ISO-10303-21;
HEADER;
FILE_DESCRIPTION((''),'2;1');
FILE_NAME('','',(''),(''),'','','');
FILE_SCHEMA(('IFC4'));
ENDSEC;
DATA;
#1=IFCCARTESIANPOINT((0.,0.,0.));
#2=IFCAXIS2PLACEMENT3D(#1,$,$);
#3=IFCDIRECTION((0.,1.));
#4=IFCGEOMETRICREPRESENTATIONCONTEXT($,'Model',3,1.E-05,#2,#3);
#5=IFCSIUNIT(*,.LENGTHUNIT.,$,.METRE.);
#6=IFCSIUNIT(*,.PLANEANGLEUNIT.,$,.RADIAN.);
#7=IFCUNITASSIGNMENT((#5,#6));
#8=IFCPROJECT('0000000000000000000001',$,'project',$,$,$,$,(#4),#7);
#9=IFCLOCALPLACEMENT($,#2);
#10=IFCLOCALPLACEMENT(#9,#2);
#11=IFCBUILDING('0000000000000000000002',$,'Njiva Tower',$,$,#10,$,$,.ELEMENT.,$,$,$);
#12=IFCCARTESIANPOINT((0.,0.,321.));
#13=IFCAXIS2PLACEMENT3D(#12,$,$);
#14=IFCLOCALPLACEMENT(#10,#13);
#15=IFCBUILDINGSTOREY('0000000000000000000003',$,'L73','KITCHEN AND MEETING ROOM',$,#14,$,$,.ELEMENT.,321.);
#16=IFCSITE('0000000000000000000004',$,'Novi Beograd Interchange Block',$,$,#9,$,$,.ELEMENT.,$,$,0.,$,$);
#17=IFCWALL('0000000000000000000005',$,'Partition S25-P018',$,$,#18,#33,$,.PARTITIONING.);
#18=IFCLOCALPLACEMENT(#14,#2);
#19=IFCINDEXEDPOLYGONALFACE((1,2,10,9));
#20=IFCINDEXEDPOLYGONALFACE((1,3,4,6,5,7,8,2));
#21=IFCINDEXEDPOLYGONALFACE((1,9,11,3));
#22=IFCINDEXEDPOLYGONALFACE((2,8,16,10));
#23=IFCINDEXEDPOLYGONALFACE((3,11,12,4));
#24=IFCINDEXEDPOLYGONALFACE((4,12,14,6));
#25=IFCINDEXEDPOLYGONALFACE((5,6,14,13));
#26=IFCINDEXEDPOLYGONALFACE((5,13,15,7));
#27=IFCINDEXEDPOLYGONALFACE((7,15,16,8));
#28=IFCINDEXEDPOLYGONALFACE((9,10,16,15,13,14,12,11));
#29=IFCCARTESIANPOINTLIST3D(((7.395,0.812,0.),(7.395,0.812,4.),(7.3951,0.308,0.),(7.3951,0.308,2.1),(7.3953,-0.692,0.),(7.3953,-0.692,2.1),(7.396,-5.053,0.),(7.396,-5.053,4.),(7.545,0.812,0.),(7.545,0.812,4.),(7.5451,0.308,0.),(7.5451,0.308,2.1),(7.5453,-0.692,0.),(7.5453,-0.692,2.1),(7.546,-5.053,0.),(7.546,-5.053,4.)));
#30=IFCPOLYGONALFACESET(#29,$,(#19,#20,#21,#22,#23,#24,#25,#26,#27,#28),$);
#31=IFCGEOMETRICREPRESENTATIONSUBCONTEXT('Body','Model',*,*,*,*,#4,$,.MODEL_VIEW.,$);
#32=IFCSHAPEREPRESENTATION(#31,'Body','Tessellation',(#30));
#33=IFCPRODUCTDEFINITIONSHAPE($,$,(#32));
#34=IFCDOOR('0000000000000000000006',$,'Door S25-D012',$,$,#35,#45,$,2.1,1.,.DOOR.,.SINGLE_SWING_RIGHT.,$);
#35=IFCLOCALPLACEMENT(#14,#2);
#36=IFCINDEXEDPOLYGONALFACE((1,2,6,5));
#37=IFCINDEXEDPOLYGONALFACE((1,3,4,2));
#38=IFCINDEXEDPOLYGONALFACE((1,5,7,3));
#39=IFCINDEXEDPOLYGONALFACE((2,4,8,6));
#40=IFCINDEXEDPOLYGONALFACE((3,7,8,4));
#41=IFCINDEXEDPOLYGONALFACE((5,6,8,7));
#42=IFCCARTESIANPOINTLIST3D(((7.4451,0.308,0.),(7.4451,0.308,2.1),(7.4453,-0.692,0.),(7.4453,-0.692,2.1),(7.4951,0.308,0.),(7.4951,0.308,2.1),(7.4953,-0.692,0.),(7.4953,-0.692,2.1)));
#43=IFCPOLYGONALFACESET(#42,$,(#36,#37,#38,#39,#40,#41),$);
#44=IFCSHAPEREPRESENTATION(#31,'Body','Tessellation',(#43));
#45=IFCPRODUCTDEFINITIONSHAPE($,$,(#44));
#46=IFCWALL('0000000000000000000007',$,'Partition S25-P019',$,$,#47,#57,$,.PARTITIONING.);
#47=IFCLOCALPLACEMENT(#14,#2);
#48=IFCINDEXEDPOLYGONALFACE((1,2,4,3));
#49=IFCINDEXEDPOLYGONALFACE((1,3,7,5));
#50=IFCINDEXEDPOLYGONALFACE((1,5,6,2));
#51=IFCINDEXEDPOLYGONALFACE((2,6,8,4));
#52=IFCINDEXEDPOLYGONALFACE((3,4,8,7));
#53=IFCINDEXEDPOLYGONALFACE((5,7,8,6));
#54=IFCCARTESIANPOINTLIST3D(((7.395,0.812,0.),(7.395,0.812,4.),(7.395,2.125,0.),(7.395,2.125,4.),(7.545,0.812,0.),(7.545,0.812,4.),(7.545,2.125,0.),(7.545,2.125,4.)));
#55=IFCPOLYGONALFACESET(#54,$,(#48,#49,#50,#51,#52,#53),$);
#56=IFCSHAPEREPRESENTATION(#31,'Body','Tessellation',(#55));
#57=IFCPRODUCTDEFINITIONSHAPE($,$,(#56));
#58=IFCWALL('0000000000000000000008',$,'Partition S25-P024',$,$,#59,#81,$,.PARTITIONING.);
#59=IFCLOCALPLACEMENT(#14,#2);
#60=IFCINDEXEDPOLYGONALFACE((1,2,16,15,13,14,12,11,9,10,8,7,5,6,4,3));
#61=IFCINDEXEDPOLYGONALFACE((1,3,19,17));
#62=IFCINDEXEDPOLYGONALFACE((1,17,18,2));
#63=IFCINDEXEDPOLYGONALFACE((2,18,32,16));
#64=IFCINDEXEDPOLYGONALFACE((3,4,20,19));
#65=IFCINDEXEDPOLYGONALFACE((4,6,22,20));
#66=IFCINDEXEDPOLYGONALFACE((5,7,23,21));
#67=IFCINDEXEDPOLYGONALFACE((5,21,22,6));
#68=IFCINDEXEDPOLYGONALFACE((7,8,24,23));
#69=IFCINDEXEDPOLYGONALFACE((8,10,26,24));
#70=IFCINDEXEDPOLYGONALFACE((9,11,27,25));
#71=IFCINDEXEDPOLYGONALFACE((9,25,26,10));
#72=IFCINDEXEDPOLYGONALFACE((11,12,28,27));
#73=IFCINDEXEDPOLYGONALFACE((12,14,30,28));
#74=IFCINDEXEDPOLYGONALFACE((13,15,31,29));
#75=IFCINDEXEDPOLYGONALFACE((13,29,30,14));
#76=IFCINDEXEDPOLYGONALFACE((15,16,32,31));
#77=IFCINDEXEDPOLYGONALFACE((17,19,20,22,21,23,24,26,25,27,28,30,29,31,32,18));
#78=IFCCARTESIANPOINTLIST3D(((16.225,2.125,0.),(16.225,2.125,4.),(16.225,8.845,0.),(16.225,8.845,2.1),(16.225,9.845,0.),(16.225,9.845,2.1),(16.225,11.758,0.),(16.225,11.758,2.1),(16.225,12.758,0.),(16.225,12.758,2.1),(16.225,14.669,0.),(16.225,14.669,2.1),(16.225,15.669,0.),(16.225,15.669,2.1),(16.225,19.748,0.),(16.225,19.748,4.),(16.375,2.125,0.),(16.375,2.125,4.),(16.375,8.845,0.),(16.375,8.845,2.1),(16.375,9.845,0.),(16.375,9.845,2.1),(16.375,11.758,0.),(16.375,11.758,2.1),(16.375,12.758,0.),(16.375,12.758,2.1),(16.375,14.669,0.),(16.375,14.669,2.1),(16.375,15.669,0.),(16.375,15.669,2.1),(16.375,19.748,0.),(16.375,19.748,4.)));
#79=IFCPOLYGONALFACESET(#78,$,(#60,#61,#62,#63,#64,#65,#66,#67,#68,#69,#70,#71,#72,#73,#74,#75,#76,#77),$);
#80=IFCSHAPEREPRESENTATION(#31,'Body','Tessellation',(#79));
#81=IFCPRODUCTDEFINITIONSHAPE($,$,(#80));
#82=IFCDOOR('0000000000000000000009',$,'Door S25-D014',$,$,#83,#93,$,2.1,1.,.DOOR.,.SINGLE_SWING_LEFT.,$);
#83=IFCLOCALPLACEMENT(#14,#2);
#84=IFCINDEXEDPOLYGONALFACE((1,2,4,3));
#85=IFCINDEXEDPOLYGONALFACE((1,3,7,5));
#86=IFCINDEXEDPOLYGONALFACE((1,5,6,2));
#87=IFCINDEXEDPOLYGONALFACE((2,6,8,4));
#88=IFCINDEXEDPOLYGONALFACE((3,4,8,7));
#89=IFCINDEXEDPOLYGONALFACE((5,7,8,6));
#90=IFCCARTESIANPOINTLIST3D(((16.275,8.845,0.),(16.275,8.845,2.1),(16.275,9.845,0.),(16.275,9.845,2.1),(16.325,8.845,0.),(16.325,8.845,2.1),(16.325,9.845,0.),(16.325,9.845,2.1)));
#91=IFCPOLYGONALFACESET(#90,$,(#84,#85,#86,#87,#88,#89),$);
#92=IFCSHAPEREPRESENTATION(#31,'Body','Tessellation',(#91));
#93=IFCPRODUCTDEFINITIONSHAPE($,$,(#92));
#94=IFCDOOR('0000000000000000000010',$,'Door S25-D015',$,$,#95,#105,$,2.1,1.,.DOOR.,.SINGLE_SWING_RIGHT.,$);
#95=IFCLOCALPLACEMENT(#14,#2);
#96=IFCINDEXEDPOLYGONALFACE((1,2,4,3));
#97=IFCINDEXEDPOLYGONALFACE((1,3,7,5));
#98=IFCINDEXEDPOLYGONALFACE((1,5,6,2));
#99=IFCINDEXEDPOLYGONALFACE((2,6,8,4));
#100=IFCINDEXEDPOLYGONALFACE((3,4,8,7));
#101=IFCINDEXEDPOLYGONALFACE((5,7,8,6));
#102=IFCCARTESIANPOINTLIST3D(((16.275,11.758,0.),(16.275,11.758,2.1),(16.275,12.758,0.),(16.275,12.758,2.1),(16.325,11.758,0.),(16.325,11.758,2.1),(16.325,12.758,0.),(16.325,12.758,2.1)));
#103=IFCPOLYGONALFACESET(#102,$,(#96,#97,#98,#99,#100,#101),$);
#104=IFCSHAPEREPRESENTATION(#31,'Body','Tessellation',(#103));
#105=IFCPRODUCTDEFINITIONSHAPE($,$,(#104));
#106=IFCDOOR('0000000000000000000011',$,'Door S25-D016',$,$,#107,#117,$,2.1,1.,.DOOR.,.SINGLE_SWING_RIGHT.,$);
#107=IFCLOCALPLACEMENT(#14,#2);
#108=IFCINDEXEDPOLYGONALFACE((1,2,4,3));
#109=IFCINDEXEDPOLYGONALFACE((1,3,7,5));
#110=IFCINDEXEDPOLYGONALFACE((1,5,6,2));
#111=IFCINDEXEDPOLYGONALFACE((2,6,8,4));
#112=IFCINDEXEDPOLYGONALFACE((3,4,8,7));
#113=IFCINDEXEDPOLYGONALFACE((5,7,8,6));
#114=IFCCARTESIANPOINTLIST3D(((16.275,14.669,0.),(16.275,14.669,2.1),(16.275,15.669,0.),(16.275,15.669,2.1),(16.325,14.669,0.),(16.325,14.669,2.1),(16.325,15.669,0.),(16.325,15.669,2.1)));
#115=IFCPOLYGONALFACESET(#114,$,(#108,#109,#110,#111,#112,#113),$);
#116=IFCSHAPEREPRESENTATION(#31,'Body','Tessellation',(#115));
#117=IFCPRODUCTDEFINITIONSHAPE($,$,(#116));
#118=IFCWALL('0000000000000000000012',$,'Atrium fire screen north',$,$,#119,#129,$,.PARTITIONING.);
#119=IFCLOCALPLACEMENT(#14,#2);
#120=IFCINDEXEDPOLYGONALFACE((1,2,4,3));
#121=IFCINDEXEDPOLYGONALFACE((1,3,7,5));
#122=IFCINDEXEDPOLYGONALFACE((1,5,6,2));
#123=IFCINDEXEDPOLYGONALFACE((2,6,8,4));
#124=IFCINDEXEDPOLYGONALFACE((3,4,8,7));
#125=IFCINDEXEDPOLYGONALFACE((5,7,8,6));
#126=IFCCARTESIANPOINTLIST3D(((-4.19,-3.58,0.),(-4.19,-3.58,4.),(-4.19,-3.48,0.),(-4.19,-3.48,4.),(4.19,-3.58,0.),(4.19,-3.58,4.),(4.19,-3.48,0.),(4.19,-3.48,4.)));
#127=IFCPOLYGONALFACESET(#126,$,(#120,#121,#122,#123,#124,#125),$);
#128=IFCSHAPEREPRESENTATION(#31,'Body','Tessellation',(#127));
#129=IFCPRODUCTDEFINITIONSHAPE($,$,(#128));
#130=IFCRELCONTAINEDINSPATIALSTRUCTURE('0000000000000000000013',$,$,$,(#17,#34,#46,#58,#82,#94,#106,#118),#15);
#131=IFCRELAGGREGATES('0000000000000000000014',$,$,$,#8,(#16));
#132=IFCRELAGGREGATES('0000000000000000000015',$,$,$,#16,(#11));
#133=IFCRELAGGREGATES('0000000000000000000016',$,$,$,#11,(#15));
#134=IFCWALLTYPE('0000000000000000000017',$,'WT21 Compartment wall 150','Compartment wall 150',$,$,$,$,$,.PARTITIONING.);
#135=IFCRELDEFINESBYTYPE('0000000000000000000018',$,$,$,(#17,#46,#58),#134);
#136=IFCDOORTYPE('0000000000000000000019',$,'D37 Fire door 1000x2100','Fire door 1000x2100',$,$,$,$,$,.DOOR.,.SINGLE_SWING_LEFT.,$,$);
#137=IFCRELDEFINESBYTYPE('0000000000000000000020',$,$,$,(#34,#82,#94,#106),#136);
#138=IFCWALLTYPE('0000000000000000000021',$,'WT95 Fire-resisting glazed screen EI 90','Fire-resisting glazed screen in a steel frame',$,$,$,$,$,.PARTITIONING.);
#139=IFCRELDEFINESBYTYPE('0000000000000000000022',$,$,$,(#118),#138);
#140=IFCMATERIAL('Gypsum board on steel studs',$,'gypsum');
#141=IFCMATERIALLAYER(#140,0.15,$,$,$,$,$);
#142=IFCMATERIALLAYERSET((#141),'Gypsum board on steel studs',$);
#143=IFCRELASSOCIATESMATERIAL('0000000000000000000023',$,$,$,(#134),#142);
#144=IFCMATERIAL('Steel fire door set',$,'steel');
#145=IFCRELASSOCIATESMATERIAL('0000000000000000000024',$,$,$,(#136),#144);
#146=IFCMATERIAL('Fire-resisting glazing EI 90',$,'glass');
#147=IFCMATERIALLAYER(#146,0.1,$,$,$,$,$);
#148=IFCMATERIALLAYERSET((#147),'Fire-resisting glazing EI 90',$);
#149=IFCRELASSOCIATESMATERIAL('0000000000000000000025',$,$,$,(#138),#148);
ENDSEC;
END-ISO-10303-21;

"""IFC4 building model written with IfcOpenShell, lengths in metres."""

from ifc_helpers import new_model, si_unit, direction, frame, frame_2d, origin, place, context, subcontext, project, spatial, rectangle, extrude, material, layer, layer_set, type_object, element, fill, save


model = new_model("IFC4")

# Units and contexts
model_context = context("Model", 3, precision=1e-05, world=origin(), true_north=direction((0.0, 1.0)))
body_context = subcontext(model_context, "Body", "Model", "MODEL_VIEW")
ifc_project = project(units=[si_unit("LENGTHUNIT", "METRE"), si_unit("PLANEANGLEUNIT", "RADIAN")], contexts=[model_context])

# Site, building, storey
site_placement = place(None, origin())
site = spatial("IfcSite", under=ifc_project, at=site_placement, Name="Novi Beograd Interchange Block", CompositionType="ELEMENT", RefElevation=0.0)
building_placement = place(site_placement, origin())
building = spatial("IfcBuilding", under=site, at=building_placement, Name="Njiva Tower", CompositionType="ELEMENT")
storey_placement = place(building_placement, frame((0.0, 0.0, 321.0)))
storey = spatial("IfcBuildingStorey", under=building, at=storey_placement, Name="L73", Description="KITCHEN AND MEETING ROOM", CompositionType="ELEMENT", Elevation=321.0)

# Shared definitions
ifc_material_1 = material(Name="Gypsum board on steel studs", Category="gypsum")

# Wall, opening, door
ifc_layer_1 = layer(ifc_material_1, 0.15)
ifc_layer_set_1 = layer_set([ifc_layer_1], Name="Gypsum board on steel studs")
wall_type_1 = type_object("IfcWallType", Name="WT21 Compartment wall 150", Description="Compartment wall 150", PredefinedType="PARTITIONING", material=ifc_layer_set_1)
ifc_material_2 = material(Name="Steel fire door set", Category="steel")
door_type = type_object("IfcDoorType", Name="D37 Fire door 1000x2100", Description="Fire door 1000x2100", OperationType="SINGLE_SWING_LEFT", PredefinedType="DOOR", material=ifc_material_2)
wall_1_placement = place(storey_placement, frame((7.47, 0.812, 0.0), z_axis=(0.0, 0.0, 1.0), x_axis=(0.000171, -1.0, 0.0)))
wall_1 = element("IfcWall", 1, at=wall_1_placement, inside=storey, type_object=wall_type_1, Name="Partition S25-P018", PredefinedType="PARTITIONING", context=body_context, shape_type="SweptSolid", body=[
    extrude(rectangle(XDim=5.865, YDim=0.15, at=frame_2d((2.9325, 0.0))), origin(), (0.0, 0.0, 1.0), 4.0),
])
opening_1_placement = place(wall_1_placement, frame((0.504, 0.0, 0.0)))
opening_1 = element("IfcOpeningElement", 2, at=opening_1_placement, cuts=wall_1, PredefinedType="OPENING", context=body_context, shape_type="SweptSolid", body=[
    extrude(rectangle(XDim=1.0, YDim=2.1, at=frame_2d((0.5, 1.05))), frame((0.0, 0.085, 0.0), z_axis=(0.0, -1.0, 0.0), x_axis=(1.0, 0.0, 0.0)), (0.0, 0.0, 1.0), 0.17),
])
door_1_placement = place(opening_1_placement, origin())
door_1 = element("IfcDoor", 3, at=door_1_placement, inside=storey, type_object=door_type, Name="Door S25-D012", OperationType="SINGLE_SWING_RIGHT", OverallHeight=2.1, OverallWidth=1.0, PredefinedType="DOOR", context=body_context, shape_type="SweptSolid", body=[
    extrude(rectangle(XDim=1.0, YDim=2.1, at=frame_2d((0.5, 1.05))), frame((0.0, 0.025, 0.0), z_axis=(0.0, -1.0, 0.0), x_axis=(1.0, 0.0, 0.0)), (0.0, 0.0, 1.0), 0.05),
])
fill(opening_1, door_1)

# Wall
wall_2_placement = place(storey_placement, frame((7.47, 0.812, 0.0), z_axis=(0.0, 0.0, 1.0), x_axis=(0.0, 1.0, 0.0)))
element("IfcWall", 4, at=wall_2_placement, inside=storey, type_object=wall_type_1, Name="Partition S25-P019", PredefinedType="PARTITIONING", context=body_context, shape_type="SweptSolid", body=[
    extrude(rectangle(XDim=1.313, YDim=0.15, at=frame_2d((0.6565, 0.0))), origin(), (0.0, 0.0, 1.0), 4.0),
])

# Wall, openings, doors
wall_3_placement = place(storey_placement, frame((16.3, 2.125, 0.0), z_axis=(0.0, 0.0, 1.0), x_axis=(0.0, 1.0, 0.0)))
wall_3 = element("IfcWall", 5, at=wall_3_placement, inside=storey, type_object=wall_type_1, Name="Partition S25-P024", PredefinedType="PARTITIONING", context=body_context, shape_type="SweptSolid", body=[
    extrude(rectangle(XDim=17.623, YDim=0.15, at=frame_2d((8.8115, 0.0))), origin(), (0.0, 0.0, 1.0), 4.0),
])
opening_2_placement = place(wall_3_placement, frame((6.72, 0.0, 0.0)))
opening_2 = element("IfcOpeningElement", 6, at=opening_2_placement, cuts=wall_3, PredefinedType="OPENING", context=body_context, shape_type="SweptSolid", body=[
    extrude(rectangle(XDim=1.0, YDim=2.1, at=frame_2d((0.5, 1.05))), frame((0.0, 0.085, 0.0), z_axis=(0.0, -1.0, 0.0), x_axis=(1.0, 0.0, 0.0)), (0.0, 0.0, 1.0), 0.17),
])
opening_3_placement = place(wall_3_placement, frame((9.633, 0.0, 0.0)))
opening_3 = element("IfcOpeningElement", 7, at=opening_3_placement, cuts=wall_3, PredefinedType="OPENING", context=body_context, shape_type="SweptSolid", body=[
    extrude(rectangle(XDim=1.0, YDim=2.1, at=frame_2d((0.5, 1.05))), frame((0.0, 0.085, 0.0), z_axis=(0.0, -1.0, 0.0), x_axis=(1.0, 0.0, 0.0)), (0.0, 0.0, 1.0), 0.17),
])
opening_4_placement = place(wall_3_placement, frame((12.544, 0.0, 0.0)))
opening_4 = element("IfcOpeningElement", 8, at=opening_4_placement, cuts=wall_3, PredefinedType="OPENING", context=body_context, shape_type="SweptSolid", body=[
    extrude(rectangle(XDim=1.0, YDim=2.1, at=frame_2d((0.5, 1.05))), frame((0.0, 0.085, 0.0), z_axis=(0.0, -1.0, 0.0), x_axis=(1.0, 0.0, 0.0)), (0.0, 0.0, 1.0), 0.17),
])
door_2_placement = place(opening_2_placement, origin())
door_2 = element("IfcDoor", 9, at=door_2_placement, inside=storey, type_object=door_type, Name="Door S25-D014", OperationType="SINGLE_SWING_LEFT", OverallHeight=2.1, OverallWidth=1.0, PredefinedType="DOOR", context=body_context, shape_type="SweptSolid", body=[
    extrude(rectangle(XDim=1.0, YDim=2.1, at=frame_2d((0.5, 1.05))), frame((0.0, 0.025, 0.0), z_axis=(0.0, -1.0, 0.0), x_axis=(1.0, 0.0, 0.0)), (0.0, 0.0, 1.0), 0.05),
])
fill(opening_2, door_2)
door_3_placement = place(opening_3_placement, origin())
door_3 = element("IfcDoor", 10, at=door_3_placement, inside=storey, type_object=door_type, Name="Door S25-D015", OperationType="SINGLE_SWING_RIGHT", OverallHeight=2.1, OverallWidth=1.0, PredefinedType="DOOR", context=body_context, shape_type="SweptSolid", body=[
    extrude(rectangle(XDim=1.0, YDim=2.1, at=frame_2d((0.5, 1.05))), frame((0.0, 0.025, 0.0), z_axis=(0.0, -1.0, 0.0), x_axis=(1.0, 0.0, 0.0)), (0.0, 0.0, 1.0), 0.05),
])
fill(opening_3, door_3)
door_4_placement = place(opening_4_placement, origin())
door_4 = element("IfcDoor", 11, at=door_4_placement, inside=storey, type_object=door_type, Name="Door S25-D016", OperationType="SINGLE_SWING_RIGHT", OverallHeight=2.1, OverallWidth=1.0, PredefinedType="DOOR", context=body_context, shape_type="SweptSolid", body=[
    extrude(rectangle(XDim=1.0, YDim=2.1, at=frame_2d((0.5, 1.05))), frame((0.0, 0.025, 0.0), z_axis=(0.0, -1.0, 0.0), x_axis=(1.0, 0.0, 0.0)), (0.0, 0.0, 1.0), 0.05),
])
fill(opening_4, door_4)

# Wall
ifc_material_3 = material(Name="Fire-resisting glazing EI 90", Category="glass")
ifc_layer_2 = layer(ifc_material_3, 0.1)
ifc_layer_set_2 = layer_set([ifc_layer_2], Name="Fire-resisting glazing EI 90")
wall_type_2 = type_object("IfcWallType", Name="WT95 Fire-resisting glazed screen EI 90", Description="Fire-resisting glazed screen in a steel frame", PredefinedType="PARTITIONING", material=ifc_layer_set_2)
wall_4_placement = place(storey_placement, frame((4.19, -3.53, 0.0), z_axis=(0.0, 0.0, 1.0), x_axis=(-1.0, 0.0, 0.0)))
element("IfcWall", 12, at=wall_4_placement, inside=storey, type_object=wall_type_2, Name="Atrium fire screen north", PredefinedType="PARTITIONING", context=body_context, shape_type="SweptSolid", body=[
    extrude(rectangle(XDim=8.38, YDim=0.1, at=frame_2d((4.19, 0.0))), origin(), (0.0, 0.0, 1.0), 4.0),
])

save(model, "model.ifc")
